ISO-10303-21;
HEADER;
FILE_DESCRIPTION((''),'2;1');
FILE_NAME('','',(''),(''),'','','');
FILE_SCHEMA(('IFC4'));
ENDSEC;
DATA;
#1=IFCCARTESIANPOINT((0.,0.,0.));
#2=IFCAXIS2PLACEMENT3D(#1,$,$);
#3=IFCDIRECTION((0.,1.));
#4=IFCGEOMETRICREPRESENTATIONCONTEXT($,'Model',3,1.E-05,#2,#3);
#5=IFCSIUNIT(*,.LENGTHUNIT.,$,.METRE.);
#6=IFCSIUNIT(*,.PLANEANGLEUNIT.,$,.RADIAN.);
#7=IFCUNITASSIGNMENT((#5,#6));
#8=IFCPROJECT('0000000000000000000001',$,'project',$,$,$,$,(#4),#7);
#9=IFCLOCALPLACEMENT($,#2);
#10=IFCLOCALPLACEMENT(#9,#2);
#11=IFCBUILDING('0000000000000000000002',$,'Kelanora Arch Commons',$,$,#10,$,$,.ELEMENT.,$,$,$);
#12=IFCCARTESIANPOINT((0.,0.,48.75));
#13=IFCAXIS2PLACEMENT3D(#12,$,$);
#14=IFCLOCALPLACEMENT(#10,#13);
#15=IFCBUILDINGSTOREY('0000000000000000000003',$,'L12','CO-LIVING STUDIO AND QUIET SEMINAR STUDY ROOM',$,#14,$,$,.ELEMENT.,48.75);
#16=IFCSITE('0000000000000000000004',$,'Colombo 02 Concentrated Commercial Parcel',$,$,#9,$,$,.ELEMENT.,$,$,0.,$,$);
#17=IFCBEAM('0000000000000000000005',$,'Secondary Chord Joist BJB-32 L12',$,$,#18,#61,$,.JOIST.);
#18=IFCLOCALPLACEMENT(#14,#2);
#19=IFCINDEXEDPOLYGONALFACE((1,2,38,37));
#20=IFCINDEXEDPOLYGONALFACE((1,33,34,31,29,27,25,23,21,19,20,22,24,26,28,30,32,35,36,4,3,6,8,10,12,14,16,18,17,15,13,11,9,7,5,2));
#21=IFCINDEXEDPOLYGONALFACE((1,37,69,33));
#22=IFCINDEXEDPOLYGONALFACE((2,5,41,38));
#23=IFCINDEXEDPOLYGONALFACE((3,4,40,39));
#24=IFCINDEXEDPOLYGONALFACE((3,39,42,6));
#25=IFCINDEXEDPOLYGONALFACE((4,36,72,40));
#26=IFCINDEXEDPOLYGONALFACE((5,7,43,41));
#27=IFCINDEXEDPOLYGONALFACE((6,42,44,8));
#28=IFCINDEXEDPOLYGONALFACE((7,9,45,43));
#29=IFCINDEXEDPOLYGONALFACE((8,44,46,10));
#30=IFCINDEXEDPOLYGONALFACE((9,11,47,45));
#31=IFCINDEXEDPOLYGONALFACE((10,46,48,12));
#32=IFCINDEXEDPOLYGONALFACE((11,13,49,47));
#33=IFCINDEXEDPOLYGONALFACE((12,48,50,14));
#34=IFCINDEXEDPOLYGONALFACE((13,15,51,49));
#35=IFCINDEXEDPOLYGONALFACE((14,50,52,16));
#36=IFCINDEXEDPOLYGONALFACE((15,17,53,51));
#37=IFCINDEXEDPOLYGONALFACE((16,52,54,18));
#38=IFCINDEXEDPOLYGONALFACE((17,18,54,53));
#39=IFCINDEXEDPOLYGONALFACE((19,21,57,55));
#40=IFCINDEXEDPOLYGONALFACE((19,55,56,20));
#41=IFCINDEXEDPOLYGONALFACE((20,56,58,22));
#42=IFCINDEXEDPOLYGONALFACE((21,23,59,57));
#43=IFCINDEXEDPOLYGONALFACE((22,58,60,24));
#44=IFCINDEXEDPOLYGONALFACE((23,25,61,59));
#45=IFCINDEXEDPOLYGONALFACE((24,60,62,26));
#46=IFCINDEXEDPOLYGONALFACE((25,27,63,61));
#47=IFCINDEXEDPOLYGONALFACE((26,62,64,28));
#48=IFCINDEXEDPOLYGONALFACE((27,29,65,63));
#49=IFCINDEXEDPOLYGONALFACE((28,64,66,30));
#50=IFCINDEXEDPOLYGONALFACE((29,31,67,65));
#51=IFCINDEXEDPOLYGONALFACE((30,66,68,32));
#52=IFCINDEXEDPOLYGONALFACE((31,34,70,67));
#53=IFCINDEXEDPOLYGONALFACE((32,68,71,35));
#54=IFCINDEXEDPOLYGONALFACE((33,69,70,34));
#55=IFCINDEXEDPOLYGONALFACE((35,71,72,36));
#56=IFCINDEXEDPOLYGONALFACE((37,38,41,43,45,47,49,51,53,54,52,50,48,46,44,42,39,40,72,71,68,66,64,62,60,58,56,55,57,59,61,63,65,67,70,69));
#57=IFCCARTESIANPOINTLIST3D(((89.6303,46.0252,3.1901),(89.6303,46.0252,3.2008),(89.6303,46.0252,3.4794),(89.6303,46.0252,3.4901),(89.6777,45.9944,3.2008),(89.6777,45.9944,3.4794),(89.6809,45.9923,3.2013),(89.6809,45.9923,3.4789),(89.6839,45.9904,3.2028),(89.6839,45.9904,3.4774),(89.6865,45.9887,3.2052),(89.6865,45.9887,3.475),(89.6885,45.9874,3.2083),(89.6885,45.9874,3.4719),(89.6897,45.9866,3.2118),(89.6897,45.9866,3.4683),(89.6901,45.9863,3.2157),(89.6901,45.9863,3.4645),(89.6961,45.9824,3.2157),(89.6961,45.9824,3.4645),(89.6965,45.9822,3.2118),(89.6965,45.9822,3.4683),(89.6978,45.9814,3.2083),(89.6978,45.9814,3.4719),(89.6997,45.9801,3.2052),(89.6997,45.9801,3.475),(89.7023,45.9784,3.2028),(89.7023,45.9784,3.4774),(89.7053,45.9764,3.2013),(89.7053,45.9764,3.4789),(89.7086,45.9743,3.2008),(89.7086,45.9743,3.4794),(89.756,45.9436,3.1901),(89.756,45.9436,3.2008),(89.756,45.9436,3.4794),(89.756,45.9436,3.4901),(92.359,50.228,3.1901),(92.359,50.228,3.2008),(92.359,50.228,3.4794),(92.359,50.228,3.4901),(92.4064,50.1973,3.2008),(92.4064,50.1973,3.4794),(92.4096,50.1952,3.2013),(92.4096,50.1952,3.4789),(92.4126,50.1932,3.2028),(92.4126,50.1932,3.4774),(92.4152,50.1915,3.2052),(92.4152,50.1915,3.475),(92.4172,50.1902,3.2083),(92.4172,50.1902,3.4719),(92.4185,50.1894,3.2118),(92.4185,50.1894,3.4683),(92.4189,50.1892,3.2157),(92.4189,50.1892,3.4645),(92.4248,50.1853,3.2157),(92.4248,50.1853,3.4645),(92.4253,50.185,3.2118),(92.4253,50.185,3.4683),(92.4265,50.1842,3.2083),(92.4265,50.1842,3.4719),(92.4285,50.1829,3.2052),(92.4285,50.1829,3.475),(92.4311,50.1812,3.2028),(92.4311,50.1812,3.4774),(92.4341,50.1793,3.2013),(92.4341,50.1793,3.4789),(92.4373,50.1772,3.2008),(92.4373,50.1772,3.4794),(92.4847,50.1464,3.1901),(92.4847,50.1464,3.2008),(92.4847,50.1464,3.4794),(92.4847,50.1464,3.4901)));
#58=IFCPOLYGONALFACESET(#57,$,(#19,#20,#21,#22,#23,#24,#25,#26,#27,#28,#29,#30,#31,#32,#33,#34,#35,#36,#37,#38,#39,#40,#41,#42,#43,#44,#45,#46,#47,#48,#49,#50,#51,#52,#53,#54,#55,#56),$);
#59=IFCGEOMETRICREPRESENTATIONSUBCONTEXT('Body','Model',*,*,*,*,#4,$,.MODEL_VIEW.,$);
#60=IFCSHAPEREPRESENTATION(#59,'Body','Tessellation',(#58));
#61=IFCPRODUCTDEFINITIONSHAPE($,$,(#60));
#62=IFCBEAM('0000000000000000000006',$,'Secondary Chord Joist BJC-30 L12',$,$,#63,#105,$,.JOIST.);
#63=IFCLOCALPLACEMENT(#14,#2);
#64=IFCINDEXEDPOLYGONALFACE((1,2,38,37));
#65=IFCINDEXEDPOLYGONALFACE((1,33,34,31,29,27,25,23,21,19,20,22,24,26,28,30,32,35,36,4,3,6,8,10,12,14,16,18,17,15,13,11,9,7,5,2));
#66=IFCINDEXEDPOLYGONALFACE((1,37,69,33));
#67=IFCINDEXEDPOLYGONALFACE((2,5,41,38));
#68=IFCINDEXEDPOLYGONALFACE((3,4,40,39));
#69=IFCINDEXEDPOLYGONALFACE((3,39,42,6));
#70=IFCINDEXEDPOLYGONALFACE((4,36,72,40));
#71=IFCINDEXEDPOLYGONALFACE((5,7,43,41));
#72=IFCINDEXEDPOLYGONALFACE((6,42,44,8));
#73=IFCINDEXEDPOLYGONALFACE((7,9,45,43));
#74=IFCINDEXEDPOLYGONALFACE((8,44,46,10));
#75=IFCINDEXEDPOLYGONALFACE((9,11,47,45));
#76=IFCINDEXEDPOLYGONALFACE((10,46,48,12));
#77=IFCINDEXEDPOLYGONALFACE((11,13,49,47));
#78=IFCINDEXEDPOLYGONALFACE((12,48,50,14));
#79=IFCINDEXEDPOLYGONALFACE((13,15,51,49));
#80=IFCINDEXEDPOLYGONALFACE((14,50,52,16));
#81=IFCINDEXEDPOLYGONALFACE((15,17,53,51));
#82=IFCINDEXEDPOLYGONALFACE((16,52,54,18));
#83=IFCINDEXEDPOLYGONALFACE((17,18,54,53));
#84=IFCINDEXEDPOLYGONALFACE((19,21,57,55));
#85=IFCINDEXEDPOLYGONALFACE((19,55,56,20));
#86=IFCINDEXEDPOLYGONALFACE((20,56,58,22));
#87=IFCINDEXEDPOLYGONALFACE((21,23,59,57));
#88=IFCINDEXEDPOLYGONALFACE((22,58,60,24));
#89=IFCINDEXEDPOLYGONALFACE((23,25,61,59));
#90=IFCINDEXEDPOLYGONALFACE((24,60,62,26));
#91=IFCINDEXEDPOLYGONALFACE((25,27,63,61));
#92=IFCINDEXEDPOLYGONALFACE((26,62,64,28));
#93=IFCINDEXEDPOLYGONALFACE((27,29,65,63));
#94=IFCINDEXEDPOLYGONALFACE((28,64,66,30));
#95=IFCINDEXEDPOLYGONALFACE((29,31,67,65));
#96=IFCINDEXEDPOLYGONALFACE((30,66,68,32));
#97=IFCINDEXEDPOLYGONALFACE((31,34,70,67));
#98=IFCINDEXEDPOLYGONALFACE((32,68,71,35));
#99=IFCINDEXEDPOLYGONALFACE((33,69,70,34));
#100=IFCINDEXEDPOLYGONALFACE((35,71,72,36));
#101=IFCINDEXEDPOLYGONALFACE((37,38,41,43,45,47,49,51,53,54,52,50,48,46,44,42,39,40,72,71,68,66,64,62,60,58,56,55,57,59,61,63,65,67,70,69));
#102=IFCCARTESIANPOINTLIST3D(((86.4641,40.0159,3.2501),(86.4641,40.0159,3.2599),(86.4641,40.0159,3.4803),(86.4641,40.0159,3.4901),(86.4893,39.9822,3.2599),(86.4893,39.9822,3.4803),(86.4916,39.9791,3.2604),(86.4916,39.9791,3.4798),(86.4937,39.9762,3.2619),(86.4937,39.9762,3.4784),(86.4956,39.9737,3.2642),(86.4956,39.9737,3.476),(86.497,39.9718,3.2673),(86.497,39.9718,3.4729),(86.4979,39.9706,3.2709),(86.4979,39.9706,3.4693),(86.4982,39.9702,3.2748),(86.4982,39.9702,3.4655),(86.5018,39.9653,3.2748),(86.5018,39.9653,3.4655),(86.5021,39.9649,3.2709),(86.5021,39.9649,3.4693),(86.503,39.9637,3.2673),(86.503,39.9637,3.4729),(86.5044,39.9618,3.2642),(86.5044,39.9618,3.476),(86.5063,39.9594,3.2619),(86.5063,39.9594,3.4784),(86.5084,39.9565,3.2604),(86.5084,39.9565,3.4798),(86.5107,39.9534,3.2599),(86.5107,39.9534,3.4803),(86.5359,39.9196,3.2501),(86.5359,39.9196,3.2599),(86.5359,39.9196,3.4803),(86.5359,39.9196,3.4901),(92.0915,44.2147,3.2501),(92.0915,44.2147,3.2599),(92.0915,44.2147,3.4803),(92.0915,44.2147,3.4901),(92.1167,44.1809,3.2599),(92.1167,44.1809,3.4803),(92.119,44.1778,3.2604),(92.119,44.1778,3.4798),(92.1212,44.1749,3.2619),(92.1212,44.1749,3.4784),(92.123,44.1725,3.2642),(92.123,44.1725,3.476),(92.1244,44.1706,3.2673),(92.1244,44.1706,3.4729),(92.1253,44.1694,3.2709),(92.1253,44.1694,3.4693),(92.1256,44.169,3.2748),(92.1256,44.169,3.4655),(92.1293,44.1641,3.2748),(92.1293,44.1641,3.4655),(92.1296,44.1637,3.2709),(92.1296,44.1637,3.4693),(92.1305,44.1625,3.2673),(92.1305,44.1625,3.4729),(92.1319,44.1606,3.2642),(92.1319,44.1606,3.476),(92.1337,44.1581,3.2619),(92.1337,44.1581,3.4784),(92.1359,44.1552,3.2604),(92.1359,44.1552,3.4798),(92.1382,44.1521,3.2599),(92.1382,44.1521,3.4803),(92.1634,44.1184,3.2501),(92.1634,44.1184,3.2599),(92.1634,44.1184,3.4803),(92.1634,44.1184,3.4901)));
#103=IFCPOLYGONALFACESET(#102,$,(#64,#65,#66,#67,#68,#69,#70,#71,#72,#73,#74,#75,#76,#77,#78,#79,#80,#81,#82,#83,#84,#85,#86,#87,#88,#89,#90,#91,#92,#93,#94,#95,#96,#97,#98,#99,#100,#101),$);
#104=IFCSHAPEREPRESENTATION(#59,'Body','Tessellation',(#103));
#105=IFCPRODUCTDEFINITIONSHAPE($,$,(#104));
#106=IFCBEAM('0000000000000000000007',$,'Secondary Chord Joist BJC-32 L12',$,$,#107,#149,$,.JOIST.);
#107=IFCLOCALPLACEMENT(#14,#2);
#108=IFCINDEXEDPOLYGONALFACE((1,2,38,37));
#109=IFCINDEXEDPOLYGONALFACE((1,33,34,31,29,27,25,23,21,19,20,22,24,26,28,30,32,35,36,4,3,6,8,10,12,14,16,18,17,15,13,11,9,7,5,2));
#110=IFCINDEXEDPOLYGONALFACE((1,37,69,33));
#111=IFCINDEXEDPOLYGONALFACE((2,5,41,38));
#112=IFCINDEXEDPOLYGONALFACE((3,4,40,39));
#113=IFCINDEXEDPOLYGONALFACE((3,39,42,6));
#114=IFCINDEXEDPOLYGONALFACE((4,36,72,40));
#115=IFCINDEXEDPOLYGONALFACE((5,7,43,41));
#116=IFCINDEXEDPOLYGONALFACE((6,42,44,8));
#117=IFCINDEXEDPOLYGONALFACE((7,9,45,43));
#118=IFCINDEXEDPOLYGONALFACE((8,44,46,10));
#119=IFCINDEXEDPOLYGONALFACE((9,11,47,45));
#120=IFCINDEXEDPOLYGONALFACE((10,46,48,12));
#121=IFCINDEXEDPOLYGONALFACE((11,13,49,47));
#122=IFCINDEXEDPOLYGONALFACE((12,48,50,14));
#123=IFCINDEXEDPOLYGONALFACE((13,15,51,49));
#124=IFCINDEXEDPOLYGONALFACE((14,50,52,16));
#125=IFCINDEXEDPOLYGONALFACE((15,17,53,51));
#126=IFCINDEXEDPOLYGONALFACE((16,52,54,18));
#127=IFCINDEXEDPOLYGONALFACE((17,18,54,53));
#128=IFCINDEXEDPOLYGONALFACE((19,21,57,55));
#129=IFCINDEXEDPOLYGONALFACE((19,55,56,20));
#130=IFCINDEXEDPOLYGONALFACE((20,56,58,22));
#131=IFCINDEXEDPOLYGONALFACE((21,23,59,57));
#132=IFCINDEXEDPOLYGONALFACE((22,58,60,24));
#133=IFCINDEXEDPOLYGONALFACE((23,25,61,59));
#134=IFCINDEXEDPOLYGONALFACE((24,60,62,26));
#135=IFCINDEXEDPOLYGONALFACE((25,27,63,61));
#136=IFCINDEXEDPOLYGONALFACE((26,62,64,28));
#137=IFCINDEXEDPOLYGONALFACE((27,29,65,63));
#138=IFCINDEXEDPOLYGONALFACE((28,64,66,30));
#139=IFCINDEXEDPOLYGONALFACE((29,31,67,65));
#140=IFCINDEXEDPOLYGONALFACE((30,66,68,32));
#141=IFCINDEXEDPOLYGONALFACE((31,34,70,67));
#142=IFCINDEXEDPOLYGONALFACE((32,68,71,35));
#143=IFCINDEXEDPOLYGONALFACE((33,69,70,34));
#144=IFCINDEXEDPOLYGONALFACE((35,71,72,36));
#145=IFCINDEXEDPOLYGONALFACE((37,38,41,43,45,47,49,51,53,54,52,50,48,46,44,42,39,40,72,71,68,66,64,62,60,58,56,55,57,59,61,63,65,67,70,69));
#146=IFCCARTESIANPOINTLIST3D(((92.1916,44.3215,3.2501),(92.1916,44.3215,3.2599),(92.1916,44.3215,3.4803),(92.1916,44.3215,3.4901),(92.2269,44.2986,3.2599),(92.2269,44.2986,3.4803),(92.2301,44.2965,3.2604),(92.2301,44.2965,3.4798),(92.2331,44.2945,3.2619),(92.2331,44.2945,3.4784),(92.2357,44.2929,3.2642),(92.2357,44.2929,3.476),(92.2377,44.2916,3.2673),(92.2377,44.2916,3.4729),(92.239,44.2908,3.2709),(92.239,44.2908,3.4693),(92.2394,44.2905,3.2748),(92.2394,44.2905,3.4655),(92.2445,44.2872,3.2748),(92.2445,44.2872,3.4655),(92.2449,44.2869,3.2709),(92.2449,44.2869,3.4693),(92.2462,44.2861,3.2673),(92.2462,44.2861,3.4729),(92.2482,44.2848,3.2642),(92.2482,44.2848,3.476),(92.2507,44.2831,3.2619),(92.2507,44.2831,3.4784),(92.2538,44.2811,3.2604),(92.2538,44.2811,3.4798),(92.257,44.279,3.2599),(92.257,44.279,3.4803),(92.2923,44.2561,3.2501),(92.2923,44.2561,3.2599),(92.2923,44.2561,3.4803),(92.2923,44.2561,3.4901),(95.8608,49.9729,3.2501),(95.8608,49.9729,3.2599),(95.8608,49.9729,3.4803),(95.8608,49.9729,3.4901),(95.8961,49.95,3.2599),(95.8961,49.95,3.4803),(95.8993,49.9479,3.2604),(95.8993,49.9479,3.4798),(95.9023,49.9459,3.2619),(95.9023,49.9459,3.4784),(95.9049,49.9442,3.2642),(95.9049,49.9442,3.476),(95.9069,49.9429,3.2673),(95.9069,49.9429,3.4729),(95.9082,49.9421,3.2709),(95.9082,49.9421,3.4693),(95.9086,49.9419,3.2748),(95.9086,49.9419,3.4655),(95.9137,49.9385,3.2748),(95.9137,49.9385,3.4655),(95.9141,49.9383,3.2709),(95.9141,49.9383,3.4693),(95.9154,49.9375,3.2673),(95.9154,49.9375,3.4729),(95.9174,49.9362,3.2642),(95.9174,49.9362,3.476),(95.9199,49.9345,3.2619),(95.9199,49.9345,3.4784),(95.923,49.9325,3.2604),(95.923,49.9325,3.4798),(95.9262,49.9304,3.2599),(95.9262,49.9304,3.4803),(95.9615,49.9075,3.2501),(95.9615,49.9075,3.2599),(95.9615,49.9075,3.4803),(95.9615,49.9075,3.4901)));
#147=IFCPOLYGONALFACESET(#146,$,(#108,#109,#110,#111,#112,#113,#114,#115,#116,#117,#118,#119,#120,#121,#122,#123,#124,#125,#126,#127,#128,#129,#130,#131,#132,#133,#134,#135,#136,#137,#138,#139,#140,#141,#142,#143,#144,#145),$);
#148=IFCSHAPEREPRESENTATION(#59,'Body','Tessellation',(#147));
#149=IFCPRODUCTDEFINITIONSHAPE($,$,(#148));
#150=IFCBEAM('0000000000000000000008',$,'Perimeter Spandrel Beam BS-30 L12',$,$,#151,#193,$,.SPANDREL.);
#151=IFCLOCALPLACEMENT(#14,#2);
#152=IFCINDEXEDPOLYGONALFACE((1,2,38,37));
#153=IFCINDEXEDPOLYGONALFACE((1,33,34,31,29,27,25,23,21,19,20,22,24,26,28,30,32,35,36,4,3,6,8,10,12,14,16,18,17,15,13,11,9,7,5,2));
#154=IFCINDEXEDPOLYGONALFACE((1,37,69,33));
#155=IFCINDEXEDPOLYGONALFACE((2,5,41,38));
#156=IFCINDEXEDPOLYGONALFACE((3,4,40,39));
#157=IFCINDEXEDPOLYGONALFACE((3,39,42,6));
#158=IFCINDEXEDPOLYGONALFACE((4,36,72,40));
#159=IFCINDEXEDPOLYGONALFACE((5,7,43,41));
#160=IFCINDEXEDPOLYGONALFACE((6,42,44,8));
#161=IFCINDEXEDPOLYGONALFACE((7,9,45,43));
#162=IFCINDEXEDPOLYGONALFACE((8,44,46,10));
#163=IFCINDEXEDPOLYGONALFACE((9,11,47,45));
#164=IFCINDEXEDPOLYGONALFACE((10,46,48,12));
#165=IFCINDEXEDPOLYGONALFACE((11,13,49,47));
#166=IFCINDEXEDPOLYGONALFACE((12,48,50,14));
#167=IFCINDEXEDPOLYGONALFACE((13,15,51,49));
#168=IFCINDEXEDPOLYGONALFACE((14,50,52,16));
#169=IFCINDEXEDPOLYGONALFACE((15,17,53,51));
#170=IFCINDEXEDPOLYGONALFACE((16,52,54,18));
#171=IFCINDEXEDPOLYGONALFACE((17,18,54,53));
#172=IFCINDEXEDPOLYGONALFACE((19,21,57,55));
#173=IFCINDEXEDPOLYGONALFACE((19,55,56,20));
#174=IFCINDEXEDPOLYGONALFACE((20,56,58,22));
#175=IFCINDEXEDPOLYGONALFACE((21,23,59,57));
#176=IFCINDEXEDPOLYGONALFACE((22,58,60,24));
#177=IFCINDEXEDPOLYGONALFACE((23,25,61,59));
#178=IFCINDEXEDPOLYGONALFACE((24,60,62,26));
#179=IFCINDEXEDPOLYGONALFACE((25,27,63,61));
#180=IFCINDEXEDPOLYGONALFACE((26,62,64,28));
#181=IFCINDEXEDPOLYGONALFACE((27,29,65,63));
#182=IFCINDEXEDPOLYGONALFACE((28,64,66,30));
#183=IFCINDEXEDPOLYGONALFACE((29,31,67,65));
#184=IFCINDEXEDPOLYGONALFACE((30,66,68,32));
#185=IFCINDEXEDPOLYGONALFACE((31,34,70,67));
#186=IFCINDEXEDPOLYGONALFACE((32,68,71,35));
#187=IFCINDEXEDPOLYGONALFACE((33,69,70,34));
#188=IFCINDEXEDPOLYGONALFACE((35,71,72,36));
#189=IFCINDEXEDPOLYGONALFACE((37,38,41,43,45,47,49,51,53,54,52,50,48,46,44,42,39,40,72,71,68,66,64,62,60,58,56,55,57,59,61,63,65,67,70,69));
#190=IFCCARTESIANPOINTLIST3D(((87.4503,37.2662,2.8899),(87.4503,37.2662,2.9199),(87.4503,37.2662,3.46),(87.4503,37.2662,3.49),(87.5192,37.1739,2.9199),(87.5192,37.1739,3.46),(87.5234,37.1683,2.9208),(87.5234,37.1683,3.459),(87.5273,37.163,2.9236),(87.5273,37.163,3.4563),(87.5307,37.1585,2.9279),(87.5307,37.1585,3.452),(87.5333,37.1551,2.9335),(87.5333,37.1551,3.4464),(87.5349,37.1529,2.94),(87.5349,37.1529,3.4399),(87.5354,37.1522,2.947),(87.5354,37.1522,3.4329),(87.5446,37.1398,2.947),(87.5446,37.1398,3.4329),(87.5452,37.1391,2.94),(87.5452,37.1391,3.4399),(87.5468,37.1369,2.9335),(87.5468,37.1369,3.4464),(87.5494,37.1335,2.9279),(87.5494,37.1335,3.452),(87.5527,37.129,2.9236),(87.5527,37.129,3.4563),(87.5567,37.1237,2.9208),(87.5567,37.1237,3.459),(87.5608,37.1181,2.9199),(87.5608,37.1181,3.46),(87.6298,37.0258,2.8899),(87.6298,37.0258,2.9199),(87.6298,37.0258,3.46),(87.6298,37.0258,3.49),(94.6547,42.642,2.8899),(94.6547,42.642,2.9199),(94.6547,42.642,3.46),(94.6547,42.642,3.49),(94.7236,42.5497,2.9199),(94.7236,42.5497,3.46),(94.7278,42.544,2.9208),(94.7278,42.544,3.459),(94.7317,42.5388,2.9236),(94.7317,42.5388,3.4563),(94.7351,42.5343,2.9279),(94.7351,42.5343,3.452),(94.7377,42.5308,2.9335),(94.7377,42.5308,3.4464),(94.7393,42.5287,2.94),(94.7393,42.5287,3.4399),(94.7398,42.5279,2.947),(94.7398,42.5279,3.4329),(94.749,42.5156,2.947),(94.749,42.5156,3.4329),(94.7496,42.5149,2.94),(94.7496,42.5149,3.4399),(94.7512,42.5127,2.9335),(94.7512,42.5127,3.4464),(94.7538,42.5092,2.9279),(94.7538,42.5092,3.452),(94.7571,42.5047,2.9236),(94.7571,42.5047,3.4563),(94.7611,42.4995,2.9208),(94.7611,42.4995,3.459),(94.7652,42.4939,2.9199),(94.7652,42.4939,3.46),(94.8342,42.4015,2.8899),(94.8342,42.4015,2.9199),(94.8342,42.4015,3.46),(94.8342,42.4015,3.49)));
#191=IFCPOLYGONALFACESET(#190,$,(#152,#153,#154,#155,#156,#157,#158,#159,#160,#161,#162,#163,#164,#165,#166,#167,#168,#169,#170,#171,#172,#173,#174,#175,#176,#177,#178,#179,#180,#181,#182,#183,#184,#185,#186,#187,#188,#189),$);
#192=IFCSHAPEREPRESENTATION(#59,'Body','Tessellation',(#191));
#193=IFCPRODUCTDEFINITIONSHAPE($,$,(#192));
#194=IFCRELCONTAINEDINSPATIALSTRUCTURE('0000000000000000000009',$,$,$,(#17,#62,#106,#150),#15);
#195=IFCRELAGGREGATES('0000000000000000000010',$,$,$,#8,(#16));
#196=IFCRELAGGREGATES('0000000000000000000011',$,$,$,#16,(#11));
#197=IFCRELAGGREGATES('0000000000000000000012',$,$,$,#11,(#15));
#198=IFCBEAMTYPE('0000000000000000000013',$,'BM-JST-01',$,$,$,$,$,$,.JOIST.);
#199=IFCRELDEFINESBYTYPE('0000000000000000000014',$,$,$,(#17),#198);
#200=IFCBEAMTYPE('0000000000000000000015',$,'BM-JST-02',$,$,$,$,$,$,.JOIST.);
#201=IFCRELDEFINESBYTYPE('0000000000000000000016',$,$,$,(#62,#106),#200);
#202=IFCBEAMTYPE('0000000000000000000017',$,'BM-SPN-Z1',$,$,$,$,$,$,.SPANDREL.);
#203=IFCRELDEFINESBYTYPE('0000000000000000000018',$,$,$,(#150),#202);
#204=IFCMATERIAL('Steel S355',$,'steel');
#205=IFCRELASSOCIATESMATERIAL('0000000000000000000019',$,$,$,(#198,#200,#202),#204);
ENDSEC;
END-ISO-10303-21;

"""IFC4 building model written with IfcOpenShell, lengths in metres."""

from ifc_helpers import new_model, si_unit, direction, frame, origin, origin_2d, place, context, subcontext, project, spatial, i_section, extrude, material, material_profile, profile_set, type_object, element, save


model = new_model("IFC4")

# Units and contexts
model_context = context("Model", 3, precision=1e-05, world=origin(), true_north=direction((0.0, 1.0)))
body_context = subcontext(model_context, "Body", "Model", "MODEL_VIEW")
ifc_project = project(units=[si_unit("LENGTHUNIT", "METRE"), si_unit("PLANEANGLEUNIT", "RADIAN")], contexts=[model_context])

# Site, building, storey
site_placement = place(None, origin())
site = spatial("IfcSite", under=ifc_project, at=site_placement, Name="Colombo 02 Concentrated Commercial Parcel", CompositionType="ELEMENT", RefElevation=0.0)
building_placement = place(site_placement, origin())
building = spatial("IfcBuilding", under=site, at=building_placement, Name="Kelanora Arch Commons", CompositionType="ELEMENT")
storey_placement = place(building_placement, frame((0.0, 0.0, 48.75)))
storey = spatial("IfcBuildingStorey", under=building, at=storey_placement, Name="L12", Description="CO-LIVING STUDIO AND QUIET SEMINAR STUDY ROOM", CompositionType="ELEMENT", Elevation=48.75)

# Beams
ifc_material_1 = material(Name="Steel S355", Category="steel")
ifc_material_profile_1 = material_profile(ifc_material_1, i_section(OverallWidth=0.1499, OverallDepth=0.3, WebThickness=0.0071, FlangeThickness=0.0107, FilletRadius=0.0149, at=origin_2d()), Name="IPE300")
ifc_profile_set_1 = profile_set([ifc_material_profile_1], Name="Steel S355")
beam_type_1 = type_object("IfcBeamType", Name="BM-JST-01", PredefinedType="JOIST", material=ifc_profile_set_1)
beam_1_placement = place(storey_placement, frame((89.6931, 45.9844, 3.3401), z_axis=(0.544552, 0.838727, 0.0), x_axis=(-0.838727, 0.544552, 0.0)))
element("IfcBeam", 1, at=beam_1_placement, inside=storey, type_object=beam_type_1, Name="Secondary Chord Joist BJB-32 L12", PredefinedType="JOIST", context=body_context, shape_type="SweptSolid", body=[
    extrude(i_section(OverallWidth=0.1499, OverallDepth=0.3, WebThickness=0.0071, FlangeThickness=0.0107, FilletRadius=0.0149, at=origin_2d()), origin(), (0.0, 0.0, 1.0), 5.011),
])
ifc_material_profile_2 = material_profile(ifc_material_1, i_section(OverallWidth=0.1201, OverallDepth=0.24, WebThickness=0.0061, FlangeThickness=0.0098, FilletRadius=0.0149, at=origin_2d()), Name="IPE240")
ifc_profile_set_2 = profile_set([ifc_material_profile_2], Name="Steel S355")
beam_type_2 = type_object("IfcBeamType", Name="BM-JST-02", PredefinedType="JOIST", material=ifc_profile_set_2)
beam_2_placement = place(storey_placement, frame((86.5, 39.9678, 3.3701), z_axis=(0.801491, 0.598006, 0.0), x_axis=(-0.598006, 0.801491, 0.0)))
element("IfcBeam", 2, at=beam_2_placement, inside=storey, type_object=beam_type_2, Name="Secondary Chord Joist BJC-30 L12", PredefinedType="JOIST", context=body_context, shape_type="SweptSolid", body=[
    extrude(i_section(OverallWidth=0.1201, OverallDepth=0.24, WebThickness=0.0061, FlangeThickness=0.0098, FilletRadius=0.0149, at=origin_2d()), origin(), (0.0, 0.0, 1.0), 7.0212),
])
beam_3_placement = place(storey_placement, frame((92.2419, 44.2888, 3.3701), z_axis=(0.54455, 0.838728, 0.0), x_axis=(-0.838728, 0.54455, 0.0)))
element("IfcBeam", 3, at=beam_3_placement, inside=storey, type_object=beam_type_2, Name="Secondary Chord Joist BJC-32 L12", PredefinedType="JOIST", context=body_context, shape_type="SweptSolid", body=[
    extrude(i_section(OverallWidth=0.1201, OverallDepth=0.24, WebThickness=0.0061, FlangeThickness=0.0098, FilletRadius=0.0149, at=origin_2d()), origin(), (0.0, 0.0, 1.0), 6.738),
])
ifc_material_profile_3 = material_profile(ifc_material_1, i_section(OverallWidth=0.3, OverallDepth=0.6001, WebThickness=0.0154, FlangeThickness=0.03, FilletRadius=0.0271, at=origin_2d()), Name="HEB600")
ifc_profile_set_3 = profile_set([ifc_material_profile_3], Name="Steel S355")
beam_type_3 = type_object("IfcBeamType", Name="BM-SPN-Z1", PredefinedType="SPANDREL", material=ifc_profile_set_3)
beam_4_placement = place(storey_placement, frame((87.54, 37.146, 3.1899), z_axis=(0.801468, 0.598038, 0.0), x_axis=(-0.598038, 0.801468, 0.0)))
element("IfcBeam", 4, at=beam_4_placement, inside=storey, type_object=beam_type_3, Name="Perimeter Spandrel Beam BS-30 L12", PredefinedType="SPANDREL", context=body_context, shape_type="SweptSolid", body=[
    extrude(i_section(OverallWidth=0.3, OverallDepth=0.6001, WebThickness=0.0154, FlangeThickness=0.03, FilletRadius=0.0271, at=origin_2d()), origin(), (0.0, 0.0, 1.0), 8.989),
])

save(model, "model.ifc")
